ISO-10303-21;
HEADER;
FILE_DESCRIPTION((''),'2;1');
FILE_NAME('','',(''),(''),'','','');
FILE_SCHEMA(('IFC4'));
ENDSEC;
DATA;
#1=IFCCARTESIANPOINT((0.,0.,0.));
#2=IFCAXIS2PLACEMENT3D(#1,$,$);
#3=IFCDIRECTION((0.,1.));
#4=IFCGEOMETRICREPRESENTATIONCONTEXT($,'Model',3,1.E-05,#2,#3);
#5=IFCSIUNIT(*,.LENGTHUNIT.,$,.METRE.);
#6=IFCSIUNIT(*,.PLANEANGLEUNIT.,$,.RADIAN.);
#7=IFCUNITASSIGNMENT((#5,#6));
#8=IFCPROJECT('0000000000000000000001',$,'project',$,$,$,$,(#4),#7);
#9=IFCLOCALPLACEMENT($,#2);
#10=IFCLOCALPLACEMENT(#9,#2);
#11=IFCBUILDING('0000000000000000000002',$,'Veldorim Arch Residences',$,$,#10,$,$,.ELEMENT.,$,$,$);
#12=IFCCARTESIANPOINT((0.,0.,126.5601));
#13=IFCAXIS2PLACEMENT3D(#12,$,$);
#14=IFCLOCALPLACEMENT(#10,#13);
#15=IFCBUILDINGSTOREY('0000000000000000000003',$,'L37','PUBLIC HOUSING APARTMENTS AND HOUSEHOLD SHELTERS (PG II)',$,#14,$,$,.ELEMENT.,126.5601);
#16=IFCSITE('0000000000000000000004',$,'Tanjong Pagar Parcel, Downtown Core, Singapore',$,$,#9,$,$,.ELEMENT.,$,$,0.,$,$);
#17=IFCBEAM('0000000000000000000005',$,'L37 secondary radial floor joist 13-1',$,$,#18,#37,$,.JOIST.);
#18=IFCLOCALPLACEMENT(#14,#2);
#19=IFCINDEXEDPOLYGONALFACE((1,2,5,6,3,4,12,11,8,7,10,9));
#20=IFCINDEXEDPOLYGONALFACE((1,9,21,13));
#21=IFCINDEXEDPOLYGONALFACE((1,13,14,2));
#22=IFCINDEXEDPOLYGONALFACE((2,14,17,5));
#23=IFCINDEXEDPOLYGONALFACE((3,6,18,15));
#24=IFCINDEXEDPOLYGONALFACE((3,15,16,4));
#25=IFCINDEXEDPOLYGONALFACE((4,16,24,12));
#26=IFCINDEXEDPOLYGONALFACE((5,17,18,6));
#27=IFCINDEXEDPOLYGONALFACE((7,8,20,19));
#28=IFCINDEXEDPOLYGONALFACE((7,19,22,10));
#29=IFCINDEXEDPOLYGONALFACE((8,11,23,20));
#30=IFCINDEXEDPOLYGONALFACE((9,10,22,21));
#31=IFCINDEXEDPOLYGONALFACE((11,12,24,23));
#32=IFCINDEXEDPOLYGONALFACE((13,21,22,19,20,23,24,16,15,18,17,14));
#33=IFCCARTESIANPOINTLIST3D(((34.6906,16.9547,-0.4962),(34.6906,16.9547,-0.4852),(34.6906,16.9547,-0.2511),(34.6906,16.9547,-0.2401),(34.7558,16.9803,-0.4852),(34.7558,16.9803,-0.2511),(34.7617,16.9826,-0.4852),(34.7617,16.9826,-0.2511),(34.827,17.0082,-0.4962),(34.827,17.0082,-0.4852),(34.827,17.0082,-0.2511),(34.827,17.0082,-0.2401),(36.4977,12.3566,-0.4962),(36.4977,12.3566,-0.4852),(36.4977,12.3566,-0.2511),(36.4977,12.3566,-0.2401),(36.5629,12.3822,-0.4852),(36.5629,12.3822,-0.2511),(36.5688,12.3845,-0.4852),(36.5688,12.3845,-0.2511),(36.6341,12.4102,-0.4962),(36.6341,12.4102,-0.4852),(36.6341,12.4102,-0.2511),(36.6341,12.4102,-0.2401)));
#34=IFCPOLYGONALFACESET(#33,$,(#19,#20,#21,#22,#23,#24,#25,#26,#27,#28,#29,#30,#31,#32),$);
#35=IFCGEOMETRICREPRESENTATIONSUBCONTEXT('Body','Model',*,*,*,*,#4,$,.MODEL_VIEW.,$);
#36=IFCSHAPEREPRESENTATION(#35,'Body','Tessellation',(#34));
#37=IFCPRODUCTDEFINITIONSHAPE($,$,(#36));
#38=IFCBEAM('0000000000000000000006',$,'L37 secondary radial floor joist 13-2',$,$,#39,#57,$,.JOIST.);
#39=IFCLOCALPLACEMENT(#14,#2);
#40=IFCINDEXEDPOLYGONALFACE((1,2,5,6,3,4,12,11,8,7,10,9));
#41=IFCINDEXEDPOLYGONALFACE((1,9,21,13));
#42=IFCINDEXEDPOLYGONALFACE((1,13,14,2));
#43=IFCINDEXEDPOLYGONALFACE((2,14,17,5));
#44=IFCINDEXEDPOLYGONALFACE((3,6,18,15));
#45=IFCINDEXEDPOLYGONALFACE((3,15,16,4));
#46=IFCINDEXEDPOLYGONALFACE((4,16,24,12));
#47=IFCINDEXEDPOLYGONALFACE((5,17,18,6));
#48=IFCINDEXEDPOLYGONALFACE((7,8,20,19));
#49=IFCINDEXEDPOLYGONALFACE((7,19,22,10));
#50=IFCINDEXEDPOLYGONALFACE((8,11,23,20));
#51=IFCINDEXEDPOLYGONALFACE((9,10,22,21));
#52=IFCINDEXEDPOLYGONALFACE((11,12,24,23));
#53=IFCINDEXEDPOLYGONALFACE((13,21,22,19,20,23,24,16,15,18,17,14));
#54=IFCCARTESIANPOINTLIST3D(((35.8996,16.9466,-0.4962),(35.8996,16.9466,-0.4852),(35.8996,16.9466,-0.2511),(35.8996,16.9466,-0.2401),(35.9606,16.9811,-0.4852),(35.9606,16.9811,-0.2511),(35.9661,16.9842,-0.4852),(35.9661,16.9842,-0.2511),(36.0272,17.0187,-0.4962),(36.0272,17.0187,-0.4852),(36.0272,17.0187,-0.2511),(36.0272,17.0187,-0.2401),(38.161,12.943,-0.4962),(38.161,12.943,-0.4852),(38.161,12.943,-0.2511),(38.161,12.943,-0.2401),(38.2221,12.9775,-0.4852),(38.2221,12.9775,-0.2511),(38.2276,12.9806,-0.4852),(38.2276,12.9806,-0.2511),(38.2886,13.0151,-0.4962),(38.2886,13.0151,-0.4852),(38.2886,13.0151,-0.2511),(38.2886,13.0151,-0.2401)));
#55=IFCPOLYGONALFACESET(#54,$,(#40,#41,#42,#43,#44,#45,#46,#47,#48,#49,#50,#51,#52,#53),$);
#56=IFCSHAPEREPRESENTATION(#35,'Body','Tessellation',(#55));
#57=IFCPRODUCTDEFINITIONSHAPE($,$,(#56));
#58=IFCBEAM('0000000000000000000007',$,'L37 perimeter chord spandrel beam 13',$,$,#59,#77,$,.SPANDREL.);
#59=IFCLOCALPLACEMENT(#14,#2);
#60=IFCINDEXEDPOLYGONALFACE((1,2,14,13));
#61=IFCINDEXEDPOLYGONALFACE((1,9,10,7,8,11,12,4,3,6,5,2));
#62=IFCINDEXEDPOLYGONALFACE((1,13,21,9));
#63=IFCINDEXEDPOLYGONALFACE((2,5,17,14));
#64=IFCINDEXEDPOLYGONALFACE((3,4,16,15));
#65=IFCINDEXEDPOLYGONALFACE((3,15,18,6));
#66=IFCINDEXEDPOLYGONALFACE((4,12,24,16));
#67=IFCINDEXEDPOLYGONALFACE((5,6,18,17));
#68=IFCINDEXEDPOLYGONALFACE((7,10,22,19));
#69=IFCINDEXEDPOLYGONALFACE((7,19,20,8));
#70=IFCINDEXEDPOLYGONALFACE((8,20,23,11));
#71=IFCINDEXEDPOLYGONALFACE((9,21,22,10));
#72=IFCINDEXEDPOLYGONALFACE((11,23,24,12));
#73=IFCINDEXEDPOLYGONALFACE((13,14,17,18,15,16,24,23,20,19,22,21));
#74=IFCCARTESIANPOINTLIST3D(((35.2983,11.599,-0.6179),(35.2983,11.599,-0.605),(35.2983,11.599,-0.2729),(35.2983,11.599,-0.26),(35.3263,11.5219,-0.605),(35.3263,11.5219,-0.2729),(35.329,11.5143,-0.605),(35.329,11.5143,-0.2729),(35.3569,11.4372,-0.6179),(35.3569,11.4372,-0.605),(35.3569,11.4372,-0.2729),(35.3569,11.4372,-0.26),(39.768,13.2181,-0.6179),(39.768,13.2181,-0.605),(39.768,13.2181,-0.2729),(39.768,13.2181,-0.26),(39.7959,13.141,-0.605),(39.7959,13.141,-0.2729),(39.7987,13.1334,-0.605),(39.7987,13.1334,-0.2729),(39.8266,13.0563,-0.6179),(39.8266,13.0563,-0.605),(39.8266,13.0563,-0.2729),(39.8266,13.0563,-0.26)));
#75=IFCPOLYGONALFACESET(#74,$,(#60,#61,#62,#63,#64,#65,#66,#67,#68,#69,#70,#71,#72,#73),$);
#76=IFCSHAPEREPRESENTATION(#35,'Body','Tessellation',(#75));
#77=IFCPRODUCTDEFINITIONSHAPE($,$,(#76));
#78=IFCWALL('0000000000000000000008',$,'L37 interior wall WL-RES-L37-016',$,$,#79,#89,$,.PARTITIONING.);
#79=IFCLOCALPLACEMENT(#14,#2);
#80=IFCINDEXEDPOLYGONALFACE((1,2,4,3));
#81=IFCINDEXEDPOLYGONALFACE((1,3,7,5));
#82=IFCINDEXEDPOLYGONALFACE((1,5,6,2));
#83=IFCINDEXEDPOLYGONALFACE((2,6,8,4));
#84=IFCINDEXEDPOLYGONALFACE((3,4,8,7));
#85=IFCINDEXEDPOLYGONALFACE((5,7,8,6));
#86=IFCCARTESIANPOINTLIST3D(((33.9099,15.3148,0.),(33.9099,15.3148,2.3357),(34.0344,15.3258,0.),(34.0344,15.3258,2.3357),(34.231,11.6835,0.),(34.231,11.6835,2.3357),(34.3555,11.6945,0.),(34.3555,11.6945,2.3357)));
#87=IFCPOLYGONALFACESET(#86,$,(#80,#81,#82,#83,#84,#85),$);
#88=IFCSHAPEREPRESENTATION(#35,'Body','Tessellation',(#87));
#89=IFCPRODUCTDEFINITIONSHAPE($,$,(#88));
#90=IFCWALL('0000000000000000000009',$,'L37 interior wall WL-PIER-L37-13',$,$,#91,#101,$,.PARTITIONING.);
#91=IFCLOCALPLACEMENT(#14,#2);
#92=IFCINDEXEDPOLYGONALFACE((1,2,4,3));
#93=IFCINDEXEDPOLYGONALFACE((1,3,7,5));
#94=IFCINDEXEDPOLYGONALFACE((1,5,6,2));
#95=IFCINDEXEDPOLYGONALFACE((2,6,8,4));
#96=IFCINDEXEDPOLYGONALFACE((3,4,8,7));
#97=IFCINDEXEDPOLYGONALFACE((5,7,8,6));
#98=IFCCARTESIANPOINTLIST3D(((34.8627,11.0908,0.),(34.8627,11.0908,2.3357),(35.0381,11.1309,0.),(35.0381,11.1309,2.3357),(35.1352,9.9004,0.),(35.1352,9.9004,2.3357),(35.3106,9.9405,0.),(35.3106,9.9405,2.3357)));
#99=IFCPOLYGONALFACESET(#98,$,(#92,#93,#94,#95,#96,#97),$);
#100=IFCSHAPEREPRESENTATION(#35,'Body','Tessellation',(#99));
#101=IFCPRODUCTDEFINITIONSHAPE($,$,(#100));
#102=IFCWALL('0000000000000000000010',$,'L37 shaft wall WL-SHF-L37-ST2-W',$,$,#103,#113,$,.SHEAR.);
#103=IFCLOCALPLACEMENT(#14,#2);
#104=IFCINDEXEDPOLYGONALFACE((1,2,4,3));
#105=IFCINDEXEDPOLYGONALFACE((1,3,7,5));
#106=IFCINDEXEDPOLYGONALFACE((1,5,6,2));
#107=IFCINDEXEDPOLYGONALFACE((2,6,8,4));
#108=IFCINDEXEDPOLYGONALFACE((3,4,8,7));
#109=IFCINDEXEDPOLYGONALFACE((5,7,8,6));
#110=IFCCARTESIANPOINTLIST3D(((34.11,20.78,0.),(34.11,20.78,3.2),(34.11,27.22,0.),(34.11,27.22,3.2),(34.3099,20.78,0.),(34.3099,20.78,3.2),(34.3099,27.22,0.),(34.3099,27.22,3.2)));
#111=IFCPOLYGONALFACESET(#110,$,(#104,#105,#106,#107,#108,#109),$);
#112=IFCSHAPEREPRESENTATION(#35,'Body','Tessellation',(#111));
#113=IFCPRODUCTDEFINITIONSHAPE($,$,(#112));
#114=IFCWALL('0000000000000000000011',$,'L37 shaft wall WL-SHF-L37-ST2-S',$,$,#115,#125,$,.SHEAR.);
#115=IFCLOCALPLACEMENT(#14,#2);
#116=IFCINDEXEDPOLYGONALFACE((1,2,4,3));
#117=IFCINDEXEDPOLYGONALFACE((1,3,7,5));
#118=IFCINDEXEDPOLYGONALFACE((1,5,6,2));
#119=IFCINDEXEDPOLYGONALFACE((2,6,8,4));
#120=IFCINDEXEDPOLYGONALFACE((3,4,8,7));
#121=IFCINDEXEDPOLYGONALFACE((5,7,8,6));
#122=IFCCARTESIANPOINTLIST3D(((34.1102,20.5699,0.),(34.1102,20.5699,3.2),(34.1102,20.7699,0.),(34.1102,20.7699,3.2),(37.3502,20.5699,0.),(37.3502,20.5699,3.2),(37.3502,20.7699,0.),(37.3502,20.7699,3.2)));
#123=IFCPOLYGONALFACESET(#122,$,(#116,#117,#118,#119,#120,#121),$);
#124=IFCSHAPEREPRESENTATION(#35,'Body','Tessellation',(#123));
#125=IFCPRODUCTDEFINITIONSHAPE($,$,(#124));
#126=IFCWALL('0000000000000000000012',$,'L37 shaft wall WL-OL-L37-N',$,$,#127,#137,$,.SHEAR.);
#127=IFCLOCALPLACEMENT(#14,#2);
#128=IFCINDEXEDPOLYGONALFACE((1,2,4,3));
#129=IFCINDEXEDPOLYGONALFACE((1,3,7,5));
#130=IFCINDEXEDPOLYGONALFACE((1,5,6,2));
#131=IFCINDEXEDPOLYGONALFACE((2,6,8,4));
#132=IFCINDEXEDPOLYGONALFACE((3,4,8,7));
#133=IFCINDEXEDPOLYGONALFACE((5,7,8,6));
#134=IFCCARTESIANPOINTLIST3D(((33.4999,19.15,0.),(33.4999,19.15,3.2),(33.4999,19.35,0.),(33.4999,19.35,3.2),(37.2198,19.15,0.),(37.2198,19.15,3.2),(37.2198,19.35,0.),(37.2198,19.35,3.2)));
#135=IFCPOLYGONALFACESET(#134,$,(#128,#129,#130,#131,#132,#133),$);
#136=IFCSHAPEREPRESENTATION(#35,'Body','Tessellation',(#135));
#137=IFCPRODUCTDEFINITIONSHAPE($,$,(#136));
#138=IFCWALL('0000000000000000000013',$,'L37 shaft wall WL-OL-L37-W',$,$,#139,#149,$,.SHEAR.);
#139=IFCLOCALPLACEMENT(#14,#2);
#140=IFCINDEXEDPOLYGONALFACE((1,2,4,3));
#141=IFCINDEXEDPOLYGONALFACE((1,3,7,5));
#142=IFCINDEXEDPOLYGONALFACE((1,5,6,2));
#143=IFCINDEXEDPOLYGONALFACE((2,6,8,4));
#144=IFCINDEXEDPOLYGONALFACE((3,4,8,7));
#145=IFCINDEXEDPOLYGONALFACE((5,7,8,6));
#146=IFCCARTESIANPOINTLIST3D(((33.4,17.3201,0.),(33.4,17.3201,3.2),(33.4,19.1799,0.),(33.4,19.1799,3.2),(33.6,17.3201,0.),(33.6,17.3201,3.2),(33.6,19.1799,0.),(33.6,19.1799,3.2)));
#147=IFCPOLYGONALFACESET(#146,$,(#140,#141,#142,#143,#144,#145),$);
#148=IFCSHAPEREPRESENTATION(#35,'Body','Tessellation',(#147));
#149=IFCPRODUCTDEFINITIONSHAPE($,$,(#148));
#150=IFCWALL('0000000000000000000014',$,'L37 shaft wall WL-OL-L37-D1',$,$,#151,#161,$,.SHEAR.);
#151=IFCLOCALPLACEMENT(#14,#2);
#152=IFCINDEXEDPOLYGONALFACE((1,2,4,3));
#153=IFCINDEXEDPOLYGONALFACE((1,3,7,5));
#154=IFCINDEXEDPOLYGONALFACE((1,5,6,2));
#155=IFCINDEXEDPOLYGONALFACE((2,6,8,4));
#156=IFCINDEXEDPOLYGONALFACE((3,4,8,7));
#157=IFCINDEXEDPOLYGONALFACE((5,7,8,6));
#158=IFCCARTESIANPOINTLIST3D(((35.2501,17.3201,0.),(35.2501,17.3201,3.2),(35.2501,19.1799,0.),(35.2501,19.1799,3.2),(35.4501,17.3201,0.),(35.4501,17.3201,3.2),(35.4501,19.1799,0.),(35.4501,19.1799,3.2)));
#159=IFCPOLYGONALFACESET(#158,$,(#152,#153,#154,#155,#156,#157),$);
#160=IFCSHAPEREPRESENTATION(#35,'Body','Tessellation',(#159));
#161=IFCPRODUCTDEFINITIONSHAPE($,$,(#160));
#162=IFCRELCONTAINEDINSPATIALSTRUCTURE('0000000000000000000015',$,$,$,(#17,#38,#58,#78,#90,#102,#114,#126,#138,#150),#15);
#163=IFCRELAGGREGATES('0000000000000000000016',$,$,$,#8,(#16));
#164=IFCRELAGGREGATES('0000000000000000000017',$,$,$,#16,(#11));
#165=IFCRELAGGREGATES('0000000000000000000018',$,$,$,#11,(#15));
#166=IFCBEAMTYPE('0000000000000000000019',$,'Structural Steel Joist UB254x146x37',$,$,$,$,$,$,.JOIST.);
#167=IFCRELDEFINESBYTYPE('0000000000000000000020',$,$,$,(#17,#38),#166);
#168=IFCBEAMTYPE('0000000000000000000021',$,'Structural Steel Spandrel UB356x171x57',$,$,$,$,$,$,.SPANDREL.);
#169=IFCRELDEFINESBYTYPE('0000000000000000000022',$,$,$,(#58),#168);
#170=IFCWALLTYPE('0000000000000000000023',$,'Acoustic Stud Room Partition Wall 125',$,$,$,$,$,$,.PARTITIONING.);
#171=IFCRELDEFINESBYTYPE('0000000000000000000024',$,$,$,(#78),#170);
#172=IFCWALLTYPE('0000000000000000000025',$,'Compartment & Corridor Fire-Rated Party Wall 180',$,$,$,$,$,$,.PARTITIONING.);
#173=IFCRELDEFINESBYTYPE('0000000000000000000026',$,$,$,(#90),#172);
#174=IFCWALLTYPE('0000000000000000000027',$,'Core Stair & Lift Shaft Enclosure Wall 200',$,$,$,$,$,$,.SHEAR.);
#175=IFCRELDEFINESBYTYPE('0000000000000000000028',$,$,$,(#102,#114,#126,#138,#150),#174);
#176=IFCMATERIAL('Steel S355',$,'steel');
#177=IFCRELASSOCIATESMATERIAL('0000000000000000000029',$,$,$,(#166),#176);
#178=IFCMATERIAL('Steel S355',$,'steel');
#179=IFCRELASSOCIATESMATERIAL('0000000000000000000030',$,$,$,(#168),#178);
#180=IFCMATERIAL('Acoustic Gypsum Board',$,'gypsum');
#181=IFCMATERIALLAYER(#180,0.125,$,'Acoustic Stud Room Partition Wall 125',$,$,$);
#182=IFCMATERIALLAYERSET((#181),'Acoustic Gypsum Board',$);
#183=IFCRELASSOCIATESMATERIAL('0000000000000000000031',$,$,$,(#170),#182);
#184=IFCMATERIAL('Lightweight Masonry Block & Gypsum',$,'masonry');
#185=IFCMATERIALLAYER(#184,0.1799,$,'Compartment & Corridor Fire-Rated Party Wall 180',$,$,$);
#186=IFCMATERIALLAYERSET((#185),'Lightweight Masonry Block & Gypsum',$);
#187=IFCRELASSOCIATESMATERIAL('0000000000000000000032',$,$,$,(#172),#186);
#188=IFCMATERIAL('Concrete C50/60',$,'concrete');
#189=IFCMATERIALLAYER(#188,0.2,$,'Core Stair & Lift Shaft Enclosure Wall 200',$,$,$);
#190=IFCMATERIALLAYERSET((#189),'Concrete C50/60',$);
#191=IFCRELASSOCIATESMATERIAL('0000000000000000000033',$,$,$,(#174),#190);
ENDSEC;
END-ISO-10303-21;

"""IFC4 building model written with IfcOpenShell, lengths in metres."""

from ifc_helpers import new_model, si_unit, direction, frame, frame_2d, origin, origin_2d, place, context, subcontext, project, spatial, rectangle, i_section, extrude, material, layer, layer_set, material_profile, profile_set, type_object, element, save


model = new_model("IFC4")

# Units and contexts
model_context = context("Model", 3, precision=1e-05, world=origin(), true_north=direction((0.0, 1.0)))
body_context = subcontext(model_context, "Body", "Model", "MODEL_VIEW")
ifc_project = project(units=[si_unit("LENGTHUNIT", "METRE"), si_unit("PLANEANGLEUNIT", "RADIAN")], contexts=[model_context])

# Site, building, storey
site_placement = place(None, origin())
site = spatial("IfcSite", under=ifc_project, at=site_placement, Name="Tanjong Pagar Parcel, Downtown Core, Singapore", CompositionType="ELEMENT", RefElevation=0.0)
building_placement = place(site_placement, origin())
building = spatial("IfcBuilding", under=site, at=building_placement, Name="Veldorim Arch Residences", CompositionType="ELEMENT")
storey_placement = place(building_placement, frame((0.0, 0.0, 126.5601)))
storey = spatial("IfcBuildingStorey", under=building, at=storey_placement, Name="L37", Description="PUBLIC HOUSING APARTMENTS AND HOUSEHOLD SHELTERS (PG II)", CompositionType="ELEMENT", Elevation=126.5601)

# Beams
ifc_material_1 = material(Name="Steel S355", Category="steel")
ifc_material_profile_1 = material_profile(ifc_material_1, i_section(OverallWidth=0.1465, OverallDepth=0.2561, WebThickness=0.0063, FlangeThickness=0.011, at=origin_2d()), Name="UB254x146x37")
ifc_profile_set_1 = profile_set([ifc_material_profile_1], Name="Steel S355")
beam_type_1 = type_object("IfcBeamType", Name="Structural Steel Joist UB254x146x37", PredefinedType="JOIST", material=ifc_profile_set_1)
beam_1_placement = place(storey_placement, frame((34.7588, 16.9814, -0.3682), z_axis=(0.365778, -0.930702, 0.0), x_axis=(0.930702, 0.365778, 0.0)))
element("IfcBeam", 1, at=beam_1_placement, inside=storey, type_object=beam_type_1, Name="L37 secondary radial floor joist 13-1", PredefinedType="JOIST", context=body_context, shape_type="SweptSolid", body=[
    extrude(i_section(OverallWidth=0.1465, OverallDepth=0.2561, WebThickness=0.0063, FlangeThickness=0.011, at=origin_2d()), origin(), (0.0, 0.0, 1.0), 4.9404),
])
beam_2_placement = place(storey_placement, frame((35.9634, 16.9827, -0.3682), z_axis=(0.491816, -0.870699, 0.0), x_axis=(0.870699, 0.491816, 0.0)))
element("IfcBeam", 2, at=beam_2_placement, inside=storey, type_object=beam_type_1, Name="L37 secondary radial floor joist 13-2", PredefinedType="JOIST", context=body_context, shape_type="SweptSolid", body=[
    extrude(i_section(OverallWidth=0.1465, OverallDepth=0.2561, WebThickness=0.0063, FlangeThickness=0.011, at=origin_2d()), origin(), (0.0, 0.0, 1.0), 4.5981),
])
ifc_material_2 = material(Name="Steel S355", Category="steel")
ifc_material_profile_2 = material_profile(ifc_material_2, i_section(OverallWidth=0.1721, OverallDepth=0.3579, WebThickness=0.0081, FlangeThickness=0.0129, at=origin_2d()), Name="UB356x171x57")
ifc_profile_set_2 = profile_set([ifc_material_profile_2], Name="Steel S355")
beam_type_2 = type_object("IfcBeamType", Name="Structural Steel Spandrel UB356x171x57", PredefinedType="SPANDREL", material=ifc_profile_set_2)
beam_3_placement = place(storey_placement, frame((35.3276, 11.5181, -0.439), z_axis=(0.940213, 0.340588, 0.0), x_axis=(-0.340588, 0.940213, 0.0)))
element("IfcBeam", 3, at=beam_3_placement, inside=storey, type_object=beam_type_2, Name="L37 perimeter chord spandrel beam 13", PredefinedType="SPANDREL", context=body_context, shape_type="SweptSolid", body=[
    extrude(i_section(OverallWidth=0.1721, OverallDepth=0.3579, WebThickness=0.0081, FlangeThickness=0.0129, at=origin_2d()), origin(), (0.0, 0.0, 1.0), 4.7539),
])

# Walls
ifc_material_3 = material(Name="Acoustic Gypsum Board", Category="gypsum")
ifc_layer_1 = layer(ifc_material_3, 0.125, Name="Acoustic Stud Room Partition Wall 125")
ifc_layer_set_1 = layer_set([ifc_layer_1], Name="Acoustic Gypsum Board")
wall_type_1 = type_object("IfcWallType", Name="Acoustic Stud Room Partition Wall 125", PredefinedType="PARTITIONING", material=ifc_layer_set_1)
wall_1_placement = place(storey_placement, frame((34.2932, 11.689, 0.0), z_axis=(0.0, 0.0, 1.0), x_axis=(-0.088066, 0.996115, 0.0)))
element("IfcWall", 4, at=wall_1_placement, inside=storey, type_object=wall_type_1, Name="L37 interior wall WL-RES-L37-016", PredefinedType="PARTITIONING", context=body_context, shape_type="SweptSolid", body=[
    extrude(rectangle(XDim=3.6455, YDim=0.125, at=frame_2d((1.8228, 0.0))), origin(), (0.0, 0.0, 1.0), 2.3357),
])
ifc_material_4 = material(Name="Lightweight Masonry Block & Gypsum", Category="masonry")
ifc_layer_2 = layer(ifc_material_4, 0.1799, Name="Compartment & Corridor Fire-Rated Party Wall 180")
ifc_layer_set_2 = layer_set([ifc_layer_2], Name="Lightweight Masonry Block & Gypsum")
wall_type_2 = type_object("IfcWallType", Name="Compartment & Corridor Fire-Rated Party Wall 180", PredefinedType="PARTITIONING", material=ifc_layer_set_2)
wall_2_placement = place(storey_placement, frame((34.9504, 11.1108, 0.0), z_axis=(0.0, 0.0, 1.0), x_axis=(0.223107, -0.974794, 0.0)))
element("IfcWall", 5, at=wall_2_placement, inside=storey, type_object=wall_type_2, Name="L37 interior wall WL-PIER-L37-13", PredefinedType="PARTITIONING", context=body_context, shape_type="SweptSolid", body=[
    extrude(rectangle(XDim=1.2212, YDim=0.1799, at=frame_2d((0.6106, 0.0))), origin(), (0.0, 0.0, 1.0), 2.3357),
])
ifc_material_5 = material(Name="Concrete C50/60", Category="concrete")
ifc_layer_3 = layer(ifc_material_5, 0.2, Name="Core Stair & Lift Shaft Enclosure Wall 200")
ifc_layer_set_3 = layer_set([ifc_layer_3], Name="Concrete C50/60")
wall_type_3 = type_object("IfcWallType", Name="Core Stair & Lift Shaft Enclosure Wall 200", PredefinedType="SHEAR", material=ifc_layer_set_3)
wall_3_placement = place(storey_placement, frame((34.21, 20.78, 0.0), z_axis=(0.0, 0.0, 1.0), x_axis=(0.0, 1.0, 0.0)))
element("IfcWall", 6, at=wall_3_placement, inside=storey, type_object=wall_type_3, Name="L37 shaft wall WL-SHF-L37-ST2-W", PredefinedType="SHEAR", context=body_context, shape_type="SweptSolid", body=[
    extrude(rectangle(XDim=6.4399, YDim=0.2, at=frame_2d((3.22, 0.0))), origin(), (0.0, 0.0, 1.0), 3.2),
])
wall_4_placement = place(storey_placement, frame((34.1101, 20.6699, 0.0), z_axis=(0.0, 0.0, 1.0), x_axis=(1.0, 0.0, 0.0)))
element("IfcWall", 7, at=wall_4_placement, inside=storey, type_object=wall_type_3, Name="L37 shaft wall WL-SHF-L37-ST2-S", PredefinedType="SHEAR", context=body_context, shape_type="SweptSolid", body=[
    extrude(rectangle(XDim=3.24, YDim=0.2, at=frame_2d((1.6201, 0.0))), origin(), (0.0, 0.0, 1.0), 3.2),
])
wall_5_placement = place(storey_placement, frame((33.5, 19.25, 0.0), z_axis=(0.0, 0.0, 1.0), x_axis=(1.0, 0.0, 0.0)))
element("IfcWall", 8, at=wall_5_placement, inside=storey, type_object=wall_type_3, Name="L37 shaft wall WL-OL-L37-N", PredefinedType="SHEAR", context=body_context, shape_type="SweptSolid", body=[
    extrude(rectangle(XDim=3.72, YDim=0.2, at=frame_2d((1.8599, 0.0))), origin(), (0.0, 0.0, 1.0), 3.2),
])
for number, where, z_axis, x_axis, name in (
    (9, (33.5, 17.3201, 0.0), (0.0, 0.0, 1.0), (0.0, 1.0, 0.0), "L37 shaft wall WL-OL-L37-W"),
    (10, (35.3501, 17.3201, 0.0), (0.0, 0.0, 1.0), (0.0, 1.0, 0.0), "L37 shaft wall WL-OL-L37-D1"),
):
    element("IfcWall", number, at=place(storey_placement, frame(where, z_axis=z_axis, x_axis=x_axis)), inside=storey, type_object=wall_type_3, Name=name, PredefinedType="SHEAR", context=body_context, shape_type="SweptSolid", body=[
        extrude(rectangle(XDim=1.8599, YDim=0.2, at=frame_2d((0.9299, 0.0))), origin(), (0.0, 0.0, 1.0), 3.2),
    ])

save(model, "model.ifc")
